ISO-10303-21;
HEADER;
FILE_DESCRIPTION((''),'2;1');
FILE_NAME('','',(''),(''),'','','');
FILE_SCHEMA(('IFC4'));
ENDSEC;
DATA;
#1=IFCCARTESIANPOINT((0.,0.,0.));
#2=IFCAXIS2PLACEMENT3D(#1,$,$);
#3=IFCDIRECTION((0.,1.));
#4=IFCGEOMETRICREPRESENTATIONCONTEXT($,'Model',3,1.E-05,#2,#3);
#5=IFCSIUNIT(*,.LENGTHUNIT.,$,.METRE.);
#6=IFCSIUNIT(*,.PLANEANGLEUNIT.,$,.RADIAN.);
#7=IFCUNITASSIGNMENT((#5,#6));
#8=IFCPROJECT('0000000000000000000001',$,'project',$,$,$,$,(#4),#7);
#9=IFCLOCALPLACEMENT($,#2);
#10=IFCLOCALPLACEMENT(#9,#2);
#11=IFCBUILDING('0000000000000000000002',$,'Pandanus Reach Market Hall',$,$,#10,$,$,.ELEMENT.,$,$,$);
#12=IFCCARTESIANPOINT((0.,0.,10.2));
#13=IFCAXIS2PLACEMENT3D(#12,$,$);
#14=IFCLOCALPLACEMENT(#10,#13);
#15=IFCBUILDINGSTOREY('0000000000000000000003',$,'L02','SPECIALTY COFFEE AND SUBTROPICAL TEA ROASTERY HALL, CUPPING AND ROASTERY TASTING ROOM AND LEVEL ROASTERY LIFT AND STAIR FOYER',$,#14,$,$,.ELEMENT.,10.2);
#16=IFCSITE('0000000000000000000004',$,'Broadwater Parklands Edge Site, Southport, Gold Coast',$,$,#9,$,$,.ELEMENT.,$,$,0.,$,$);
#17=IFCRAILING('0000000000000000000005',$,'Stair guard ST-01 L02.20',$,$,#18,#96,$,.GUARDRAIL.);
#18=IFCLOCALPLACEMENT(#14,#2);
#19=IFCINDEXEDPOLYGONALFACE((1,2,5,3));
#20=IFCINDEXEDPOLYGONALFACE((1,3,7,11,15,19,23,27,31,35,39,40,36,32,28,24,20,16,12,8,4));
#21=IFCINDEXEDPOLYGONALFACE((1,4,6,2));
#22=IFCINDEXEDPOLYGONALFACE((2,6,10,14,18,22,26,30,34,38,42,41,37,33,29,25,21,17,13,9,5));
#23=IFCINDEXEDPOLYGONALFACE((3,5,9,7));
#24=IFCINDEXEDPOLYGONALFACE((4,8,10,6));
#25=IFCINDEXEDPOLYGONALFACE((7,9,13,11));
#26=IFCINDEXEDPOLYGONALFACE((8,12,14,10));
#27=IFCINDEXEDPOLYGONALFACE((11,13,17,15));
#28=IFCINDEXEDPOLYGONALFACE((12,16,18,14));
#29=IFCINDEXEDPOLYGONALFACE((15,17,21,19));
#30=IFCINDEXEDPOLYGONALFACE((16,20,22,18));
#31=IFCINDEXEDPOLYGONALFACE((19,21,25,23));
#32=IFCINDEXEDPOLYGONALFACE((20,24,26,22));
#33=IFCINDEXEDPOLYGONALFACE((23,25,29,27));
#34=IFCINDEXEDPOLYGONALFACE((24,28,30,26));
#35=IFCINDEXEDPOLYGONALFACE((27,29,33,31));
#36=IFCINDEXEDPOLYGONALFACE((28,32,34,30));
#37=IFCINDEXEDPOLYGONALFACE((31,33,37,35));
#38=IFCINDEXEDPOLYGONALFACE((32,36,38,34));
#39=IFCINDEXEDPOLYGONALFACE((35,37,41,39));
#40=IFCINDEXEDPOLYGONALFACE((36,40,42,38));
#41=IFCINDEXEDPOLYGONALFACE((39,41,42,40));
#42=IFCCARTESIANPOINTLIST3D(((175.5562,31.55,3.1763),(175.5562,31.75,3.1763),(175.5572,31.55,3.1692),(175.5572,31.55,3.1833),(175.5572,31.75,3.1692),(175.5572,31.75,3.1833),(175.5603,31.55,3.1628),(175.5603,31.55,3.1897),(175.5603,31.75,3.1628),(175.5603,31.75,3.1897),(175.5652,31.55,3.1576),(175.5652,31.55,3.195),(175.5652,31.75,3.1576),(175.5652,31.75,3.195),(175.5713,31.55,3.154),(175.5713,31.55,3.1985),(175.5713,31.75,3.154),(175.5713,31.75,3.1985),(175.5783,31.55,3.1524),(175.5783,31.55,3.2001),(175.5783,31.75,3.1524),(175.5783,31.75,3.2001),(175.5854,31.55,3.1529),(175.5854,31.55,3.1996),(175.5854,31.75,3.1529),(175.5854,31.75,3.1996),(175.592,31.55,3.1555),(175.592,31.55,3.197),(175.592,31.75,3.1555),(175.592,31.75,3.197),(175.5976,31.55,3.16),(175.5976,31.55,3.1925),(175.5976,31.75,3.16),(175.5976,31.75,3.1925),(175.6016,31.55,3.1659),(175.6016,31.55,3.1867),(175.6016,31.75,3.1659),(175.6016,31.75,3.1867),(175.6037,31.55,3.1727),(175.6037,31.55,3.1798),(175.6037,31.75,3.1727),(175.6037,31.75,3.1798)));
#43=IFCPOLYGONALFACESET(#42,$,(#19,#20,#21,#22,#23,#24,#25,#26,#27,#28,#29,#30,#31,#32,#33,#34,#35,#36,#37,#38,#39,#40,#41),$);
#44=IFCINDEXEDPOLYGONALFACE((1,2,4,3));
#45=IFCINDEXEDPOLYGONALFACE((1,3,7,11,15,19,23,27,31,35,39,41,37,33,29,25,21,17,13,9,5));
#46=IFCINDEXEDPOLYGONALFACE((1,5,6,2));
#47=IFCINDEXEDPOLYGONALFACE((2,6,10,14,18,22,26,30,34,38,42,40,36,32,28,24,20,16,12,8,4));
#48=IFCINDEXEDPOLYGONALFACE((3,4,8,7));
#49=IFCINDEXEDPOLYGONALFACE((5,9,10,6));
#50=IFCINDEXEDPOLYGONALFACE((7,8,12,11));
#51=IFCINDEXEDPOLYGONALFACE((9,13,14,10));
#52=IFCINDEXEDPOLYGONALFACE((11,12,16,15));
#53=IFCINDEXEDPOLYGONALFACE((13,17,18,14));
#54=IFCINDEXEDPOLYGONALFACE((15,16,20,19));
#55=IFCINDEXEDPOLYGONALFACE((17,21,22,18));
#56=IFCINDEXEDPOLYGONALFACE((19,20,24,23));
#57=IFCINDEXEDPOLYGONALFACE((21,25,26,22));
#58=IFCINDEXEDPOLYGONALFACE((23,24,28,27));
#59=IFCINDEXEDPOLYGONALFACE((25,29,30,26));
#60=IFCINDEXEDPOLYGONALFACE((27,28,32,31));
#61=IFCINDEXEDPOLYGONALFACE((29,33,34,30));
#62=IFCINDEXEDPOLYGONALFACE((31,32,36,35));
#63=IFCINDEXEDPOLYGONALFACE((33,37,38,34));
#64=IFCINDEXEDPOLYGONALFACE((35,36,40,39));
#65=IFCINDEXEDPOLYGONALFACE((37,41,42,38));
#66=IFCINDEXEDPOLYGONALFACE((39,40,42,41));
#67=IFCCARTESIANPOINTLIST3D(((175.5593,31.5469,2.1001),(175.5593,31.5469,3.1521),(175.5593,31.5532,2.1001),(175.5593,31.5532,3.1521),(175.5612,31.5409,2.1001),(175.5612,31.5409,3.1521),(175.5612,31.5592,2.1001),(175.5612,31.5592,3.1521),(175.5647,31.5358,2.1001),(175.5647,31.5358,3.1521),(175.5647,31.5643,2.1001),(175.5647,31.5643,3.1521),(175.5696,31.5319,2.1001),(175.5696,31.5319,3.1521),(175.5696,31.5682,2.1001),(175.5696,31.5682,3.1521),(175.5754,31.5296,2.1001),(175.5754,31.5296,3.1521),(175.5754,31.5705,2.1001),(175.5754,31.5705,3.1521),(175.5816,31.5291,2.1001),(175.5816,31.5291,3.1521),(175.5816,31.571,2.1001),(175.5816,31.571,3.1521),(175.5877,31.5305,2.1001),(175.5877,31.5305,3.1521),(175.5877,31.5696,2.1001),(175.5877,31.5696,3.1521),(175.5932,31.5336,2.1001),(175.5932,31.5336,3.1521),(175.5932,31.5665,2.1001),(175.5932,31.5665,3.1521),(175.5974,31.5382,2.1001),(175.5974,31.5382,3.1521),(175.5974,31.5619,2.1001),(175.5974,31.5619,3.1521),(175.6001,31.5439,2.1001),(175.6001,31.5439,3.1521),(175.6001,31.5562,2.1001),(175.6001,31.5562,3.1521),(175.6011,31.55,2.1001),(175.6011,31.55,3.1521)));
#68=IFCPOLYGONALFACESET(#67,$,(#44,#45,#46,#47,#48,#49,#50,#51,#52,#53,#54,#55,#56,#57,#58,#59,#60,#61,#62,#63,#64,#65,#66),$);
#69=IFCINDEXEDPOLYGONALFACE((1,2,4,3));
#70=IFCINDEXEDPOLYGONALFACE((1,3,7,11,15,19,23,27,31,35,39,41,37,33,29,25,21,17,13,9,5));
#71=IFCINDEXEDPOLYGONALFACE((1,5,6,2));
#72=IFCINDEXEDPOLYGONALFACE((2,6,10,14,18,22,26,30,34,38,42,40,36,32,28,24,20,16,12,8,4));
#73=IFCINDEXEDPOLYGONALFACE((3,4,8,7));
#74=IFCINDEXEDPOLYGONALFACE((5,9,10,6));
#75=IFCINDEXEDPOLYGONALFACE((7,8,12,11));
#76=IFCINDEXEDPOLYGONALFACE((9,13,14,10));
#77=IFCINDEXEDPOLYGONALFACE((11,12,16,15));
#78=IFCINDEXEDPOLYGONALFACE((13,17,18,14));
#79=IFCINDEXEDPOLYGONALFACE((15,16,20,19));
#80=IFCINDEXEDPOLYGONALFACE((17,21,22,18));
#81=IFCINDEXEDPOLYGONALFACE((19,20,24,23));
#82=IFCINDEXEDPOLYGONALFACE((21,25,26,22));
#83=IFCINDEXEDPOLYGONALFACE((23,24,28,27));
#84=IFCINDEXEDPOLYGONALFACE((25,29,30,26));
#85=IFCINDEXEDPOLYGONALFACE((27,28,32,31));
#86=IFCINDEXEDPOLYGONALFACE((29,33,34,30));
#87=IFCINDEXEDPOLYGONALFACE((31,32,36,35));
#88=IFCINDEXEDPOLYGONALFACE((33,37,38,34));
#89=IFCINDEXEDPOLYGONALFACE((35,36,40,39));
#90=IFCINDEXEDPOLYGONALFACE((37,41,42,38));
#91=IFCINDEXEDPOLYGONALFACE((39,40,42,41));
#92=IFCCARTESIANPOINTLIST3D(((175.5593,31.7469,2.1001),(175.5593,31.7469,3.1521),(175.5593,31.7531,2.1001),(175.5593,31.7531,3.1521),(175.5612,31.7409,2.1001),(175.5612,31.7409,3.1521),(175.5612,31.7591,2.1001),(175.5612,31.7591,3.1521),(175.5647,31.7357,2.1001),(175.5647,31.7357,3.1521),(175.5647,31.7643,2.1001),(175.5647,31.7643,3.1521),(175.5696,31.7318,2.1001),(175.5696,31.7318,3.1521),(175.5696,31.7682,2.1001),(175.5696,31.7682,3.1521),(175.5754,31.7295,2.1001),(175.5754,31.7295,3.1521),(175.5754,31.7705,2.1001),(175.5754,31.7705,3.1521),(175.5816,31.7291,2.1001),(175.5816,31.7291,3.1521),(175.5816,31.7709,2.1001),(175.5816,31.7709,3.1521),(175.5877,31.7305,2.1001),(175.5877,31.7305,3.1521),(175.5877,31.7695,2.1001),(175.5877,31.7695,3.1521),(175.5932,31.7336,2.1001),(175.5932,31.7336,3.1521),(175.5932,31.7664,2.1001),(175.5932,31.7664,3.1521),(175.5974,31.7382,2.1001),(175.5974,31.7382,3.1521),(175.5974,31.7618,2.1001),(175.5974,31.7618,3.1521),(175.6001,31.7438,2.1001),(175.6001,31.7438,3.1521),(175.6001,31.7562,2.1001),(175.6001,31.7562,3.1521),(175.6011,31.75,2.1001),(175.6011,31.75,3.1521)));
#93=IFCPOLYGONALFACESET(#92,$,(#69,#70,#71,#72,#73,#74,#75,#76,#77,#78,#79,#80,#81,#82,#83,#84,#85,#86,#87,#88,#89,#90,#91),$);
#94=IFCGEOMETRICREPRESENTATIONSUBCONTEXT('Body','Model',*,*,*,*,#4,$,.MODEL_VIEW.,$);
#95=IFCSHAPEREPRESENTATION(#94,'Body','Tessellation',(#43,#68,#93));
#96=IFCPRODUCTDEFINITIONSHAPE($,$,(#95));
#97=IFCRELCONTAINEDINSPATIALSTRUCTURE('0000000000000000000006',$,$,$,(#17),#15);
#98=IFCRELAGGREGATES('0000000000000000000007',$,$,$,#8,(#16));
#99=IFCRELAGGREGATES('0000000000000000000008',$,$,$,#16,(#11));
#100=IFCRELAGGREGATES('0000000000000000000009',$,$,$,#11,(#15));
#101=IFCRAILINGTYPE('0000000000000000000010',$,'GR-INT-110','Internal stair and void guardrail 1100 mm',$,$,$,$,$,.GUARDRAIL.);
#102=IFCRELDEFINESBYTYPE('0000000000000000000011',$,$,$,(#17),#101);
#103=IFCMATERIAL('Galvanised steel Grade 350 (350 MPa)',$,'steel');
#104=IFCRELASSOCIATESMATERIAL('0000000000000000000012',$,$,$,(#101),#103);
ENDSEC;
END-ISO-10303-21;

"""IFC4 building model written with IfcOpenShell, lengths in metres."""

from ifc_helpers import new_model, si_unit, direction, frame, origin, origin_2d, place, context, subcontext, project, spatial, circle, extrude, material, type_object, element, save


model = new_model("IFC4")

# Units and contexts
model_context = context("Model", 3, precision=1e-05, world=origin(), true_north=direction((0.0, 1.0)))
body_context = subcontext(model_context, "Body", "Model", "MODEL_VIEW")
ifc_project = project(units=[si_unit("LENGTHUNIT", "METRE"), si_unit("PLANEANGLEUNIT", "RADIAN")], contexts=[model_context])

# Site, building, storey
site_placement = place(None, origin())
site = spatial("IfcSite", under=ifc_project, at=site_placement, Name="Broadwater Parklands Edge Site, Southport, Gold Coast", CompositionType="ELEMENT", RefElevation=0.0)
building_placement = place(site_placement, origin())
building = spatial("IfcBuilding", under=site, at=building_placement, Name="Pandanus Reach Market Hall", CompositionType="ELEMENT")
storey_placement = place(building_placement, frame((0.0, 0.0, 10.2)))
storey = spatial("IfcBuildingStorey", under=building, at=storey_placement, Name="L02", Description="SPECIALTY COFFEE AND SUBTROPICAL TEA ROASTERY HALL, CUPPING AND ROASTERY TASTING ROOM AND LEVEL ROASTERY LIFT AND STAIR FOYER", CompositionType="ELEMENT", Elevation=10.2)

# Railing
ifc_material_1 = material(Name="Galvanised steel Grade 350 (350 MPa)", Category="steel")
railing_type_1 = type_object("IfcRailingType", Name="GR-INT-110", Description="Internal stair and void guardrail 1100 mm", PredefinedType="GUARDRAIL", material=ifc_material_1)
railing_1_placement = place(storey_placement, frame((175.5801, 31.55, 2.1001)))
element("IfcRailing", 1, at=railing_1_placement, inside=storey, type_object=railing_type_1, Name="Stair guard ST-01 L02.20", PredefinedType="GUARDRAIL", context=body_context, shape_type="SweptSolid", body=[
    extrude(circle(Radius=0.0239, at=origin_2d()), frame((0.0, 0.0, 1.0762), z_axis=(0.0, 1.0, 0.0), x_axis=(-1.0, 0.0, 0.0)), (0.0, 0.0, 1.0), 0.2),
    extrude(circle(Radius=0.021, at=origin_2d()), origin(), (0.0, 0.0, 1.0), 1.052),
    extrude(circle(Radius=0.021, at=origin_2d()), frame((0.0, 0.2, 0.0)), (0.0, 0.0, 1.0), 1.052),
])

save(model, "model.ifc")
